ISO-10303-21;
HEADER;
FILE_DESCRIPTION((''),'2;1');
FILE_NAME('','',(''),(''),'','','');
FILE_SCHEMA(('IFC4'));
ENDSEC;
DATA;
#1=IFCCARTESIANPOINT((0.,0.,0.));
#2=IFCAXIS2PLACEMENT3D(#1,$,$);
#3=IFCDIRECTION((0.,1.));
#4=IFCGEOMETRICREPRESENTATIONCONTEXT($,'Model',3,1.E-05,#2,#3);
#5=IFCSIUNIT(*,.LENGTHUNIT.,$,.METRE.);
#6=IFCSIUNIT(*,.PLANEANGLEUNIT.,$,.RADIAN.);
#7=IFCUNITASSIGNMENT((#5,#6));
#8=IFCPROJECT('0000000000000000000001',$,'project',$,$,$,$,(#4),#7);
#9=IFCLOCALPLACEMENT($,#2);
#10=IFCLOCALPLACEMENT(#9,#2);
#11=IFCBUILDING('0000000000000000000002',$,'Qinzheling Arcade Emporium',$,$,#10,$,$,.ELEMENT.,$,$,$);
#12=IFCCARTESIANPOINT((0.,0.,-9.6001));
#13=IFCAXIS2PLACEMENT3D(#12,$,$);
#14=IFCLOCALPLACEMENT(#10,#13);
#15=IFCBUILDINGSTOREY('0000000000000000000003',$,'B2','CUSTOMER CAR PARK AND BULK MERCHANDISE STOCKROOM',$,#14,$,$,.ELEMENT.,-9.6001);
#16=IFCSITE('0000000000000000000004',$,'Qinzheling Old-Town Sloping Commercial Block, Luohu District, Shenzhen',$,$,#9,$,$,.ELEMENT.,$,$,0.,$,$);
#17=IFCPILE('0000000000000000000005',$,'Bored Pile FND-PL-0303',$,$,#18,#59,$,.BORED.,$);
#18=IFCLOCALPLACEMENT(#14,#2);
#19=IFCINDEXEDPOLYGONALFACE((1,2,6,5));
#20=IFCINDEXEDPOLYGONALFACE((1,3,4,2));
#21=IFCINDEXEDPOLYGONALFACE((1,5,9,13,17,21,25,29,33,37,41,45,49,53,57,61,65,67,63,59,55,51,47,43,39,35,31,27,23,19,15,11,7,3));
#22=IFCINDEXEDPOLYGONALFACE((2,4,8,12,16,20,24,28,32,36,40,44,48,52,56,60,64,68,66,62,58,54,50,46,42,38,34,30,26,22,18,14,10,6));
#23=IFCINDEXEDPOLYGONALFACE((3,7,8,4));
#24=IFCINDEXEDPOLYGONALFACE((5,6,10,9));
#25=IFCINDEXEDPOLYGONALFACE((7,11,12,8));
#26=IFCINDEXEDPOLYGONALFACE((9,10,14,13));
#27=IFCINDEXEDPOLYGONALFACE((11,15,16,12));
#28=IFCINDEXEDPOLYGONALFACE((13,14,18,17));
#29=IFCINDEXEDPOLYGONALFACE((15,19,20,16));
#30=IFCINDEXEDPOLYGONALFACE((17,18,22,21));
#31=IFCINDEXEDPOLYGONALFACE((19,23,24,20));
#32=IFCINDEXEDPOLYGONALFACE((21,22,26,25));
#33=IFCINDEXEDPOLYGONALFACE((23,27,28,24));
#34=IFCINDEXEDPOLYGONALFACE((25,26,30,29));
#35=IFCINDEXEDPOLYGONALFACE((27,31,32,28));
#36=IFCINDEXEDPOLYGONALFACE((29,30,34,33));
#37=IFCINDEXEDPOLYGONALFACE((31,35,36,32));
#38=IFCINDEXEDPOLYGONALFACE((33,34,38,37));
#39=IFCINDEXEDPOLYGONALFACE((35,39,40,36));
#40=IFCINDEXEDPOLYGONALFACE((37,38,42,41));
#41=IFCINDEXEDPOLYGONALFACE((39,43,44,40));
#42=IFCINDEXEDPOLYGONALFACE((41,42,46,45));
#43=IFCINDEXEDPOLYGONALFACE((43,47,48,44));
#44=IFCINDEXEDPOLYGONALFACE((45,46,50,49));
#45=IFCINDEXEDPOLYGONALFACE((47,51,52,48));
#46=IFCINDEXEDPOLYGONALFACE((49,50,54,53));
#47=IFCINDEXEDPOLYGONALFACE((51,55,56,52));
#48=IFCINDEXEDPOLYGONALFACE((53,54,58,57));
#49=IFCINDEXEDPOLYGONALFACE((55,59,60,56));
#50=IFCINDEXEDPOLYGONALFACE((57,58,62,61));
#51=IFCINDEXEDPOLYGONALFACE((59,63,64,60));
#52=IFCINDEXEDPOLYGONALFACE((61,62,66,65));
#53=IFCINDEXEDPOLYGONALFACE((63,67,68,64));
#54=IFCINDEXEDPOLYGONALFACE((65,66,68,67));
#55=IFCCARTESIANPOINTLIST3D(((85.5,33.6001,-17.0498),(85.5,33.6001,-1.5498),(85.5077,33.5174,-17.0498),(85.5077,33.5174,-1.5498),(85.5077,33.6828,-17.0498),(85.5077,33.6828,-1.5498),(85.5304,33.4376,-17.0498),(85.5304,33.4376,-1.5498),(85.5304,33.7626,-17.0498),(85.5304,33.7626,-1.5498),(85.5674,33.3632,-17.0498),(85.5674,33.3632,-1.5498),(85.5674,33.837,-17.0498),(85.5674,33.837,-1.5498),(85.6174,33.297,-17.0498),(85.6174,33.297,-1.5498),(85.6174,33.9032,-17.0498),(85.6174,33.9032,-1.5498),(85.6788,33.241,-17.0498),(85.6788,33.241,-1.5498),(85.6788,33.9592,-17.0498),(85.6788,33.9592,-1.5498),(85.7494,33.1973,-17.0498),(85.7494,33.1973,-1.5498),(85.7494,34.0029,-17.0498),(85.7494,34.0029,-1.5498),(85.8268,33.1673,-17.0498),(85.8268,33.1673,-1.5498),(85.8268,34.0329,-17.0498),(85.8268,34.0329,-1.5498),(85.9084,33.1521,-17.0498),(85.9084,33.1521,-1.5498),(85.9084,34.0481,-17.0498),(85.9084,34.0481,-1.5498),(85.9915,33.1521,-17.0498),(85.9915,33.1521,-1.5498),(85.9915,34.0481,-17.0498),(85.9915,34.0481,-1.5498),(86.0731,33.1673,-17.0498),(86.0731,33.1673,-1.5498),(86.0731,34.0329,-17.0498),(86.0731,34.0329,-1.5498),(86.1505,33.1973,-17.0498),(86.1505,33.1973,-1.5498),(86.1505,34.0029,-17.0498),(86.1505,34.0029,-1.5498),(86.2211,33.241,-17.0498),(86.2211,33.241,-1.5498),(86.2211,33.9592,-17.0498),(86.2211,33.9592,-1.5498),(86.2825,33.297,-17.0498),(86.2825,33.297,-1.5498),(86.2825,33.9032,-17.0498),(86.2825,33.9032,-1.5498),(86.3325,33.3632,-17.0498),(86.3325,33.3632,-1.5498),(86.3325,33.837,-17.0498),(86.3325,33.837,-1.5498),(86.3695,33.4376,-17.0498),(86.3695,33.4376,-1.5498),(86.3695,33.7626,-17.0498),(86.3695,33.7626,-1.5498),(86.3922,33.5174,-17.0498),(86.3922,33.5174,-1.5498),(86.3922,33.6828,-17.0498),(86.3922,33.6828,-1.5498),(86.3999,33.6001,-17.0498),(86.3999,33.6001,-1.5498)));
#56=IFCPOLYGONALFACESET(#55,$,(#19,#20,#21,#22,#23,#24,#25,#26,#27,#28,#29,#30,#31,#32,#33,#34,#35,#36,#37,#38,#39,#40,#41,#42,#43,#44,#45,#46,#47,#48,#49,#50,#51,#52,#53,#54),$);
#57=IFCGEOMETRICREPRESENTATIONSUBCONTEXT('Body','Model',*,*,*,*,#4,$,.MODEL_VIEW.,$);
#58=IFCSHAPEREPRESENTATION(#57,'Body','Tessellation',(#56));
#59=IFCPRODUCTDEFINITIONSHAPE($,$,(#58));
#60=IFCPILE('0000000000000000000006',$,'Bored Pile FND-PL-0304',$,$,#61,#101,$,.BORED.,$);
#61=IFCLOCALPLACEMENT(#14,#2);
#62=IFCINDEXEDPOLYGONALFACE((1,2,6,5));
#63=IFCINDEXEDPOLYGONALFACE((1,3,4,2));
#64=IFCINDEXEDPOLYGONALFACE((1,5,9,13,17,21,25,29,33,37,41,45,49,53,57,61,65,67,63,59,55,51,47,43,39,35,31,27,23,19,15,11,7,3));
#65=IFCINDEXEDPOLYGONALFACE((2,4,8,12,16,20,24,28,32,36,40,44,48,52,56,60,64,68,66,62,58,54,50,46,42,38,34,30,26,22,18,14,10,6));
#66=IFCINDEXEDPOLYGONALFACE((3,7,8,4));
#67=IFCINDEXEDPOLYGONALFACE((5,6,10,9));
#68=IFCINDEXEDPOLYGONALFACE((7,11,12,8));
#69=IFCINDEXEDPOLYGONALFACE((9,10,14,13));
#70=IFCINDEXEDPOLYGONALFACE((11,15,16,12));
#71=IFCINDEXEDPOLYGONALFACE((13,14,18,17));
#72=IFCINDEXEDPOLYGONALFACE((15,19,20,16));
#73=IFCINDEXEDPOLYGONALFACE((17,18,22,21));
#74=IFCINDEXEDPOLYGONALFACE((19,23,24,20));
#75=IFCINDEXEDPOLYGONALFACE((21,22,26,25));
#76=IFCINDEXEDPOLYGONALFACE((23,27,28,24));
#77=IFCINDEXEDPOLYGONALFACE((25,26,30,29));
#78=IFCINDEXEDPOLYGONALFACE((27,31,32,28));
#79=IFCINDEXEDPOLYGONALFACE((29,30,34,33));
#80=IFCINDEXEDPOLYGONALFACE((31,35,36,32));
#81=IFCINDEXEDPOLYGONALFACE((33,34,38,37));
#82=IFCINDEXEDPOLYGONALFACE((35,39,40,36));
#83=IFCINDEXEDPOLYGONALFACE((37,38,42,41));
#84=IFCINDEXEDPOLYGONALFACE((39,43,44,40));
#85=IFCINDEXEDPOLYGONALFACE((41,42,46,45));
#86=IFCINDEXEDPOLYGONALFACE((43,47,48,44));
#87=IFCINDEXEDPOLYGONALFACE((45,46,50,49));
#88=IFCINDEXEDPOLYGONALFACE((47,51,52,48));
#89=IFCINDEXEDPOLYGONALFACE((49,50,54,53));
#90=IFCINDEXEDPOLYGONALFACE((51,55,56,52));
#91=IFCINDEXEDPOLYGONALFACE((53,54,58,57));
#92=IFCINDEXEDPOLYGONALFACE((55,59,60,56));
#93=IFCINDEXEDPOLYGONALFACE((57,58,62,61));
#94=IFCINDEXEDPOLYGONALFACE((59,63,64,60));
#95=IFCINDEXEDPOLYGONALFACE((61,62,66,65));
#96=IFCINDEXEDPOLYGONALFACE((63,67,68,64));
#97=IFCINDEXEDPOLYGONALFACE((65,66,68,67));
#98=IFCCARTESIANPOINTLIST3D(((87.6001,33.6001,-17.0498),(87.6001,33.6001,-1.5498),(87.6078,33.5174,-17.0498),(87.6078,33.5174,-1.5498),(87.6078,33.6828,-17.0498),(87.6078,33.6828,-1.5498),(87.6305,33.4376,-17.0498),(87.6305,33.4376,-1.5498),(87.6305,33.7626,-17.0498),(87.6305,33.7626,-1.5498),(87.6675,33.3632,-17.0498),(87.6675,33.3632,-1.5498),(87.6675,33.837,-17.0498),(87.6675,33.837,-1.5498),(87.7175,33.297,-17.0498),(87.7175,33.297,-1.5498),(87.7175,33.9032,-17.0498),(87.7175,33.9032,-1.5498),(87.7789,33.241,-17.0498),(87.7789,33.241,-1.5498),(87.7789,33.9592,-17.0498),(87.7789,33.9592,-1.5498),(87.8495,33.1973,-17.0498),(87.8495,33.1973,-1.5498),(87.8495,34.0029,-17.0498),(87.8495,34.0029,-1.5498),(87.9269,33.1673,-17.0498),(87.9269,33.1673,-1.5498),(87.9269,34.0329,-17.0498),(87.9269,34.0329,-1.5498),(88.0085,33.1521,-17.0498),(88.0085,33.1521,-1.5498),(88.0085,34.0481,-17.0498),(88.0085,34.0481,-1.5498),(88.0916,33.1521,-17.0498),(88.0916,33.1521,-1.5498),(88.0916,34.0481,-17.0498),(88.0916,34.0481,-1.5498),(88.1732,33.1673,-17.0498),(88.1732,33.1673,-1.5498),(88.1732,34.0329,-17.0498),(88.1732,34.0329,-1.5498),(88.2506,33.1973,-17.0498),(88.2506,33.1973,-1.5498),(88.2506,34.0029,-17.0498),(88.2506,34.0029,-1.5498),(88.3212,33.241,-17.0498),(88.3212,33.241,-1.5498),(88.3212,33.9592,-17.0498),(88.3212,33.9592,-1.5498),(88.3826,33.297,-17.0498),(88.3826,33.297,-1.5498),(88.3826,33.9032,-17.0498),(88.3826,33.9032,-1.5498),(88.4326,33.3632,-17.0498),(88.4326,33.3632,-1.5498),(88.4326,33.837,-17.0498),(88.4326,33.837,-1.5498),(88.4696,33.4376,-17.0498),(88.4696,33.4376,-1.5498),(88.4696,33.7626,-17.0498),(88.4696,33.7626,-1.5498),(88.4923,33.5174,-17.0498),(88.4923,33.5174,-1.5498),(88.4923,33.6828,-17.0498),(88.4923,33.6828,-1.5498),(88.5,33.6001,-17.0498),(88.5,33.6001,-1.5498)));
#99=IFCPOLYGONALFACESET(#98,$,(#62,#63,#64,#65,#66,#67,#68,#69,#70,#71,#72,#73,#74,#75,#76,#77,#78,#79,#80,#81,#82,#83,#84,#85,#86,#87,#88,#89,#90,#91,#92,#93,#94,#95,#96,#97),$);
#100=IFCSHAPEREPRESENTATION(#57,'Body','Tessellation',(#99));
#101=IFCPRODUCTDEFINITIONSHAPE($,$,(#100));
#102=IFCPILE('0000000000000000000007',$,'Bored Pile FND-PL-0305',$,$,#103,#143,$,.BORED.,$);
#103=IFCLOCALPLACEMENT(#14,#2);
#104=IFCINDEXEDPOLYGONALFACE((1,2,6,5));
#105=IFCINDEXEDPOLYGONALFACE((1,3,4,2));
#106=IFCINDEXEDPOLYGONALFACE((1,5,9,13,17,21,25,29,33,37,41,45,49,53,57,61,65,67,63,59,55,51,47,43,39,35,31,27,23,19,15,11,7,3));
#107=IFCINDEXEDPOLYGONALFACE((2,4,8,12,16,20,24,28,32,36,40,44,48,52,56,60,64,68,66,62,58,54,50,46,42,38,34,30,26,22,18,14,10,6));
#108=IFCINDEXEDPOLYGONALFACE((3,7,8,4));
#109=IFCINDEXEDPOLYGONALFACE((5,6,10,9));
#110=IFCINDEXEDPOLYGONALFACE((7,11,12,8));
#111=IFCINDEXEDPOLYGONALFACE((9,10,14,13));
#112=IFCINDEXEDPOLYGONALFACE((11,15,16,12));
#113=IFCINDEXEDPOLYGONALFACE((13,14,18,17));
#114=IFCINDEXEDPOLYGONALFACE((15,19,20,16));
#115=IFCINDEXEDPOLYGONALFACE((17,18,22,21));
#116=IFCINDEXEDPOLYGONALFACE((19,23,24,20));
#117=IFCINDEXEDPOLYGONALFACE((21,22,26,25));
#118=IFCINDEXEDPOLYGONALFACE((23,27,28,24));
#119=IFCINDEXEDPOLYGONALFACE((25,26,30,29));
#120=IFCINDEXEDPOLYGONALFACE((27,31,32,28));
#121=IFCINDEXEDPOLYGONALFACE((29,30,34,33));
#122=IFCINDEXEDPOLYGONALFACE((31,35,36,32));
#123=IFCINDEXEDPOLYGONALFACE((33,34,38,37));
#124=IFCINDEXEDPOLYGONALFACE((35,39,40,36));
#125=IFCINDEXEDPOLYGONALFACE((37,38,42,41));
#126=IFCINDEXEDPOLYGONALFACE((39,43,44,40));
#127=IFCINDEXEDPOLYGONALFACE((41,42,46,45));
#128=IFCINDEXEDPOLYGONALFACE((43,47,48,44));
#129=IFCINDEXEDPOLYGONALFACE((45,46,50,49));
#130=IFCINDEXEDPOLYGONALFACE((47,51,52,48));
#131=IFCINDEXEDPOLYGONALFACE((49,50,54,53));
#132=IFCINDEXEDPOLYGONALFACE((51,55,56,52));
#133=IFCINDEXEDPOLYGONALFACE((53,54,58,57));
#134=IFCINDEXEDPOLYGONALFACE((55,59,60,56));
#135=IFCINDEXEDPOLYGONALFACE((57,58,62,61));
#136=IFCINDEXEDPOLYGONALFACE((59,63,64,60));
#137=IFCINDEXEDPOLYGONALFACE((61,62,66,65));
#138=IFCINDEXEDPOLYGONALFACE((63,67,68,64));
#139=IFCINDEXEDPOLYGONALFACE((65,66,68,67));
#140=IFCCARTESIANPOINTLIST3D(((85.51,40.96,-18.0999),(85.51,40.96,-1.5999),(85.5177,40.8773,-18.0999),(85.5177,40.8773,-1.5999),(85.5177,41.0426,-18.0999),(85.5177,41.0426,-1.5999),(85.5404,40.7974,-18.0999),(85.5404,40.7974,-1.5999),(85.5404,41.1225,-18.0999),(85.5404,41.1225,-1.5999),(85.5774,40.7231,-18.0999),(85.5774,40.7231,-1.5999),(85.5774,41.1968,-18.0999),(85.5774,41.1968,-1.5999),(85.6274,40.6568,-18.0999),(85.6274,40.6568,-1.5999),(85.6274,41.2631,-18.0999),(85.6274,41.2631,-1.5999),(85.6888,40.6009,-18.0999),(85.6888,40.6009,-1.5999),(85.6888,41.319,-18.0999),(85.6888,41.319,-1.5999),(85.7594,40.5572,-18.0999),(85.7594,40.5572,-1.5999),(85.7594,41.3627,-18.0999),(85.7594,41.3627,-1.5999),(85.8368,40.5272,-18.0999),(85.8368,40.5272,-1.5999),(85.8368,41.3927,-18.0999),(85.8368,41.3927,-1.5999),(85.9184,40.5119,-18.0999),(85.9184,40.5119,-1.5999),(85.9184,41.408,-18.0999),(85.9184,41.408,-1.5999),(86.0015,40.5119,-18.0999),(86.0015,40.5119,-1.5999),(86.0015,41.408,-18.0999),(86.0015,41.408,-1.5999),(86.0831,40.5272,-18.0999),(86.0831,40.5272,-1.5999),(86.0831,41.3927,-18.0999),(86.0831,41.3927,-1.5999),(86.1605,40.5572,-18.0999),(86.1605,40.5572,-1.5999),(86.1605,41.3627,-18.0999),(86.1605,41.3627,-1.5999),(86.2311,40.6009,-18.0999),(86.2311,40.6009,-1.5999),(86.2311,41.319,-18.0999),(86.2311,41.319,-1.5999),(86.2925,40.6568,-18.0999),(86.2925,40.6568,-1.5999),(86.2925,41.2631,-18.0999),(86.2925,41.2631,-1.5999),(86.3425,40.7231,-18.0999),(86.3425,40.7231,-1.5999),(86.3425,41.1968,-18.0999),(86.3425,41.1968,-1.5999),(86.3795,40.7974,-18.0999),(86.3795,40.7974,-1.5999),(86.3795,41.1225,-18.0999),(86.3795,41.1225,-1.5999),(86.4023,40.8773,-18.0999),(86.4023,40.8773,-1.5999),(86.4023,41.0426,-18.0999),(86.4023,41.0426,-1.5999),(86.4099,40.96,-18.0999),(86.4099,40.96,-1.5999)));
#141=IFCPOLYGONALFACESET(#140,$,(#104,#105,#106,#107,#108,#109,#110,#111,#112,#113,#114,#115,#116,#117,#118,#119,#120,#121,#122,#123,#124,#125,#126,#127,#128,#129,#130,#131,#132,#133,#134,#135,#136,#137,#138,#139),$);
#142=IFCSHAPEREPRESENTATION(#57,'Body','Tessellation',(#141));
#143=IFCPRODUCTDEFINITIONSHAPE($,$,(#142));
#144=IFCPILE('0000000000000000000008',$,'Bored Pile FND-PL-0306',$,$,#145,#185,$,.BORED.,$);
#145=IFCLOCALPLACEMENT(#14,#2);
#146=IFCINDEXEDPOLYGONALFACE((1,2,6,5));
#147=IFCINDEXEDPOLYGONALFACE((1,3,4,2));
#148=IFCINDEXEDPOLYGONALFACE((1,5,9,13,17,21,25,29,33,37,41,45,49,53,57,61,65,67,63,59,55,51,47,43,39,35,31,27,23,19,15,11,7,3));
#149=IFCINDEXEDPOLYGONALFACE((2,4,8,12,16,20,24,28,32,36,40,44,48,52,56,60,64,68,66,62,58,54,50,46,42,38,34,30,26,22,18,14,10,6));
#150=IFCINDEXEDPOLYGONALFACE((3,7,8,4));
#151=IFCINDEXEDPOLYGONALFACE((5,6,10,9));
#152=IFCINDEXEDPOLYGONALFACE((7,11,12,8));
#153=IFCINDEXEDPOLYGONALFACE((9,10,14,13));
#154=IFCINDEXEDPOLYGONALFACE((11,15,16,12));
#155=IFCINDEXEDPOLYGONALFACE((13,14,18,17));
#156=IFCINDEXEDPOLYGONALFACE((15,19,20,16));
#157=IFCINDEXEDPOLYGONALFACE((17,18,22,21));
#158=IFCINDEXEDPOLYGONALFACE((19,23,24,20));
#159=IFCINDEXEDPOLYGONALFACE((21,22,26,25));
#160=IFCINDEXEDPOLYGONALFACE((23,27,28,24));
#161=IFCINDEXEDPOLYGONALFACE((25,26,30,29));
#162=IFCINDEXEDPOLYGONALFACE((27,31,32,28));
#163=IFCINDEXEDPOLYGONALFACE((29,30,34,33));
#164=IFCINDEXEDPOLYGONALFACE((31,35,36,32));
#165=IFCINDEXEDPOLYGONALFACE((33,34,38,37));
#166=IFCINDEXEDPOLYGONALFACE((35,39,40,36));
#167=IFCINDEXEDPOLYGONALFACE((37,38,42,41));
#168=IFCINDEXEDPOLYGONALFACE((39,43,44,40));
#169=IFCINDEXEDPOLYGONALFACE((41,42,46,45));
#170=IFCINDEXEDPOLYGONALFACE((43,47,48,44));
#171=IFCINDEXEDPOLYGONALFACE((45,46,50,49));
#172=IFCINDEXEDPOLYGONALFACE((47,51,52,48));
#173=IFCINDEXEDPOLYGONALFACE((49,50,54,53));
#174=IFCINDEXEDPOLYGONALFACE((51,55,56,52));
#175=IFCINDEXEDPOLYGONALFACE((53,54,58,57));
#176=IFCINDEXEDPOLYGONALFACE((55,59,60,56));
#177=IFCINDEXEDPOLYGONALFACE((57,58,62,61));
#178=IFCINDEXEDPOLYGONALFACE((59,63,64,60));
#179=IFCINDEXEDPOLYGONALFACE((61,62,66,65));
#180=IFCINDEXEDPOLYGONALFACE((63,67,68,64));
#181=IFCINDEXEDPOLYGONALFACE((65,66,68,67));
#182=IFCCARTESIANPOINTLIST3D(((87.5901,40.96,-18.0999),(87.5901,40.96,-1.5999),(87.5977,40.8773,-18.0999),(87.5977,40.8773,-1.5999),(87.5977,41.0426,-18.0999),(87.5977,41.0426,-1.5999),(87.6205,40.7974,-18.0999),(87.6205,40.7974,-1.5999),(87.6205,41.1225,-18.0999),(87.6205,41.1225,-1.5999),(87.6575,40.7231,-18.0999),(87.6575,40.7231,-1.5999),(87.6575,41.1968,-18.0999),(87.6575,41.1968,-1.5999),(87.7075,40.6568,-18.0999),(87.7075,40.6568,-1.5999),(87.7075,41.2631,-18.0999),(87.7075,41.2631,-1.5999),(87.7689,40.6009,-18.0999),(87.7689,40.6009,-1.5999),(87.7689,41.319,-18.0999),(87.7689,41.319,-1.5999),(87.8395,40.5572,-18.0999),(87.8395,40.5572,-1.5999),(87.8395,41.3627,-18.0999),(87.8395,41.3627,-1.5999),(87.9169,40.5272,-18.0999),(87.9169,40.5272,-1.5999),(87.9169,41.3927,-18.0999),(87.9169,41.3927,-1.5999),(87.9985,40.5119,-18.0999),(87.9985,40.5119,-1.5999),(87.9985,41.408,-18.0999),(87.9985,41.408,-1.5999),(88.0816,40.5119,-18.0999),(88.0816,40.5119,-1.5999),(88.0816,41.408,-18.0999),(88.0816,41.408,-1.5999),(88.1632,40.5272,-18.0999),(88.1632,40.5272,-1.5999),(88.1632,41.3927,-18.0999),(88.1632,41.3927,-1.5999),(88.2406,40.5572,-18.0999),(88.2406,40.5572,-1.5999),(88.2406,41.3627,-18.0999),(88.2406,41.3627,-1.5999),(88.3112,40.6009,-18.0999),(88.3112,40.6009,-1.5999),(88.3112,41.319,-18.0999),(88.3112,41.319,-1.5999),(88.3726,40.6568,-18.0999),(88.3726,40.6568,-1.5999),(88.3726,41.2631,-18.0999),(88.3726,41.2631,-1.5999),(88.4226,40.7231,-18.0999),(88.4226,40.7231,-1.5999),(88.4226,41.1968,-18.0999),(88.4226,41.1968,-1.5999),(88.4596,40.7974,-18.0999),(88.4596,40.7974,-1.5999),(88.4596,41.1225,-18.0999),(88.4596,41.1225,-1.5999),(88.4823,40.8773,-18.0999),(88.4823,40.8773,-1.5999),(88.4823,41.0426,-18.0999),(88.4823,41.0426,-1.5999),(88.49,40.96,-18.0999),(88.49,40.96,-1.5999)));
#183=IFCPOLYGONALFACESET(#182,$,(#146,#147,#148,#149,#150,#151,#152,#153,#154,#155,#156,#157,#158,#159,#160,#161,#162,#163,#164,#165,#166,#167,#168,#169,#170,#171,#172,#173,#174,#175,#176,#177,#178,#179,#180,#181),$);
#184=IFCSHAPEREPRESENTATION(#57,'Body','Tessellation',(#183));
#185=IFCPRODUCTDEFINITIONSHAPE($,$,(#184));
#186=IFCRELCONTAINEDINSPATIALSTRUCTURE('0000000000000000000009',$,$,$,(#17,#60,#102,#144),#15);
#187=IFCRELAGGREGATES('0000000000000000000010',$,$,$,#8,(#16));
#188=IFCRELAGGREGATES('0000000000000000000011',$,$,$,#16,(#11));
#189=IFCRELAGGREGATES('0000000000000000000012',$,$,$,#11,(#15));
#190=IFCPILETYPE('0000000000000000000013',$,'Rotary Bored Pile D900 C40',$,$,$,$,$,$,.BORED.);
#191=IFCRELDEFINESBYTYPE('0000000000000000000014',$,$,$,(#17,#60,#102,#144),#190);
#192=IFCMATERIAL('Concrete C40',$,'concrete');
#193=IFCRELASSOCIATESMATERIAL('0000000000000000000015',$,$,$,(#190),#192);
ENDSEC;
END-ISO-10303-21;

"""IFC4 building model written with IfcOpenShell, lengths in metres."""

from ifc_helpers import new_model, si_unit, direction, frame, origin, origin_2d, place, context, subcontext, project, spatial, circle, extrude, material, material_profile, profile_set, type_object, element, save


model = new_model("IFC4")

# Units and contexts
model_context = context("Model", 3, precision=1e-05, world=origin(), true_north=direction((0.0, 1.0)))
body_context = subcontext(model_context, "Body", "Model", "MODEL_VIEW")
ifc_project = project(units=[si_unit("LENGTHUNIT", "METRE"), si_unit("PLANEANGLEUNIT", "RADIAN")], contexts=[model_context])

# Site, building, storey
site_placement = place(None, origin())
site = spatial("IfcSite", under=ifc_project, at=site_placement, Name="Qinzheling Old-Town Sloping Commercial Block, Luohu District, Shenzhen", CompositionType="ELEMENT", RefElevation=0.0)
building_placement = place(site_placement, origin())
building = spatial("IfcBuilding", under=site, at=building_placement, Name="Qinzheling Arcade Emporium", CompositionType="ELEMENT")
storey_placement = place(building_placement, frame((0.0, 0.0, -9.6001)))
storey = spatial("IfcBuildingStorey", under=building, at=storey_placement, Name="B2", Description="CUSTOMER CAR PARK AND BULK MERCHANDISE STOCKROOM", CompositionType="ELEMENT", Elevation=-9.6001)

# Shared definitions
ifc_material_1 = material(Name="Concrete C40", Category="concrete")

# Piles
ifc_material_profile_1 = material_profile(ifc_material_1, circle(Radius=0.45, at=origin_2d()), Name="BORED D900", Category="concrete")
ifc_profile_set_1 = profile_set([ifc_material_profile_1], Name="Concrete C40")
pile_type_1 = type_object("IfcPileType", Name="Rotary Bored Pile D900 C40", PredefinedType="BORED", material=ifc_profile_set_1)
for number, where, z_axis, x_axis, name in (
    (1, (85.95, 33.6001, -1.5498), (0.0, 0.0, -1.0), (1.0, 0.0, 0.0), "Bored Pile FND-PL-0303"),
    (2, (88.05, 33.6001, -1.5498), (0.0, 0.0, -1.0), (1.0, 0.0, 0.0), "Bored Pile FND-PL-0304"),
):
    element("IfcPile", number, at=place(storey_placement, frame(where, z_axis=z_axis, x_axis=x_axis)), inside=storey, type_object=pile_type_1, Name=name, PredefinedType="BORED", context=body_context, shape_type="SweptSolid", body=[
        extrude(circle(Radius=0.45, at=origin_2d()), origin(), (0.0, 0.0, 1.0), 15.5),
    ])
for number, where, z_axis, x_axis, name in (
    (3, (85.96, 40.96, -1.5999), (0.0, 0.0, -1.0), (1.0, 0.0, 0.0), "Bored Pile FND-PL-0305"),
    (4, (88.04, 40.96, -1.5999), (0.0, 0.0, -1.0), (1.0, 0.0, 0.0), "Bored Pile FND-PL-0306"),
):
    element("IfcPile", number, at=place(storey_placement, frame(where, z_axis=z_axis, x_axis=x_axis)), inside=storey, type_object=pile_type_1, Name=name, PredefinedType="BORED", context=body_context, shape_type="SweptSolid", body=[
        extrude(circle(Radius=0.45, at=origin_2d()), origin(), (0.0, 0.0, 1.0), 16.5),
    ])

save(model, "model.ifc")
